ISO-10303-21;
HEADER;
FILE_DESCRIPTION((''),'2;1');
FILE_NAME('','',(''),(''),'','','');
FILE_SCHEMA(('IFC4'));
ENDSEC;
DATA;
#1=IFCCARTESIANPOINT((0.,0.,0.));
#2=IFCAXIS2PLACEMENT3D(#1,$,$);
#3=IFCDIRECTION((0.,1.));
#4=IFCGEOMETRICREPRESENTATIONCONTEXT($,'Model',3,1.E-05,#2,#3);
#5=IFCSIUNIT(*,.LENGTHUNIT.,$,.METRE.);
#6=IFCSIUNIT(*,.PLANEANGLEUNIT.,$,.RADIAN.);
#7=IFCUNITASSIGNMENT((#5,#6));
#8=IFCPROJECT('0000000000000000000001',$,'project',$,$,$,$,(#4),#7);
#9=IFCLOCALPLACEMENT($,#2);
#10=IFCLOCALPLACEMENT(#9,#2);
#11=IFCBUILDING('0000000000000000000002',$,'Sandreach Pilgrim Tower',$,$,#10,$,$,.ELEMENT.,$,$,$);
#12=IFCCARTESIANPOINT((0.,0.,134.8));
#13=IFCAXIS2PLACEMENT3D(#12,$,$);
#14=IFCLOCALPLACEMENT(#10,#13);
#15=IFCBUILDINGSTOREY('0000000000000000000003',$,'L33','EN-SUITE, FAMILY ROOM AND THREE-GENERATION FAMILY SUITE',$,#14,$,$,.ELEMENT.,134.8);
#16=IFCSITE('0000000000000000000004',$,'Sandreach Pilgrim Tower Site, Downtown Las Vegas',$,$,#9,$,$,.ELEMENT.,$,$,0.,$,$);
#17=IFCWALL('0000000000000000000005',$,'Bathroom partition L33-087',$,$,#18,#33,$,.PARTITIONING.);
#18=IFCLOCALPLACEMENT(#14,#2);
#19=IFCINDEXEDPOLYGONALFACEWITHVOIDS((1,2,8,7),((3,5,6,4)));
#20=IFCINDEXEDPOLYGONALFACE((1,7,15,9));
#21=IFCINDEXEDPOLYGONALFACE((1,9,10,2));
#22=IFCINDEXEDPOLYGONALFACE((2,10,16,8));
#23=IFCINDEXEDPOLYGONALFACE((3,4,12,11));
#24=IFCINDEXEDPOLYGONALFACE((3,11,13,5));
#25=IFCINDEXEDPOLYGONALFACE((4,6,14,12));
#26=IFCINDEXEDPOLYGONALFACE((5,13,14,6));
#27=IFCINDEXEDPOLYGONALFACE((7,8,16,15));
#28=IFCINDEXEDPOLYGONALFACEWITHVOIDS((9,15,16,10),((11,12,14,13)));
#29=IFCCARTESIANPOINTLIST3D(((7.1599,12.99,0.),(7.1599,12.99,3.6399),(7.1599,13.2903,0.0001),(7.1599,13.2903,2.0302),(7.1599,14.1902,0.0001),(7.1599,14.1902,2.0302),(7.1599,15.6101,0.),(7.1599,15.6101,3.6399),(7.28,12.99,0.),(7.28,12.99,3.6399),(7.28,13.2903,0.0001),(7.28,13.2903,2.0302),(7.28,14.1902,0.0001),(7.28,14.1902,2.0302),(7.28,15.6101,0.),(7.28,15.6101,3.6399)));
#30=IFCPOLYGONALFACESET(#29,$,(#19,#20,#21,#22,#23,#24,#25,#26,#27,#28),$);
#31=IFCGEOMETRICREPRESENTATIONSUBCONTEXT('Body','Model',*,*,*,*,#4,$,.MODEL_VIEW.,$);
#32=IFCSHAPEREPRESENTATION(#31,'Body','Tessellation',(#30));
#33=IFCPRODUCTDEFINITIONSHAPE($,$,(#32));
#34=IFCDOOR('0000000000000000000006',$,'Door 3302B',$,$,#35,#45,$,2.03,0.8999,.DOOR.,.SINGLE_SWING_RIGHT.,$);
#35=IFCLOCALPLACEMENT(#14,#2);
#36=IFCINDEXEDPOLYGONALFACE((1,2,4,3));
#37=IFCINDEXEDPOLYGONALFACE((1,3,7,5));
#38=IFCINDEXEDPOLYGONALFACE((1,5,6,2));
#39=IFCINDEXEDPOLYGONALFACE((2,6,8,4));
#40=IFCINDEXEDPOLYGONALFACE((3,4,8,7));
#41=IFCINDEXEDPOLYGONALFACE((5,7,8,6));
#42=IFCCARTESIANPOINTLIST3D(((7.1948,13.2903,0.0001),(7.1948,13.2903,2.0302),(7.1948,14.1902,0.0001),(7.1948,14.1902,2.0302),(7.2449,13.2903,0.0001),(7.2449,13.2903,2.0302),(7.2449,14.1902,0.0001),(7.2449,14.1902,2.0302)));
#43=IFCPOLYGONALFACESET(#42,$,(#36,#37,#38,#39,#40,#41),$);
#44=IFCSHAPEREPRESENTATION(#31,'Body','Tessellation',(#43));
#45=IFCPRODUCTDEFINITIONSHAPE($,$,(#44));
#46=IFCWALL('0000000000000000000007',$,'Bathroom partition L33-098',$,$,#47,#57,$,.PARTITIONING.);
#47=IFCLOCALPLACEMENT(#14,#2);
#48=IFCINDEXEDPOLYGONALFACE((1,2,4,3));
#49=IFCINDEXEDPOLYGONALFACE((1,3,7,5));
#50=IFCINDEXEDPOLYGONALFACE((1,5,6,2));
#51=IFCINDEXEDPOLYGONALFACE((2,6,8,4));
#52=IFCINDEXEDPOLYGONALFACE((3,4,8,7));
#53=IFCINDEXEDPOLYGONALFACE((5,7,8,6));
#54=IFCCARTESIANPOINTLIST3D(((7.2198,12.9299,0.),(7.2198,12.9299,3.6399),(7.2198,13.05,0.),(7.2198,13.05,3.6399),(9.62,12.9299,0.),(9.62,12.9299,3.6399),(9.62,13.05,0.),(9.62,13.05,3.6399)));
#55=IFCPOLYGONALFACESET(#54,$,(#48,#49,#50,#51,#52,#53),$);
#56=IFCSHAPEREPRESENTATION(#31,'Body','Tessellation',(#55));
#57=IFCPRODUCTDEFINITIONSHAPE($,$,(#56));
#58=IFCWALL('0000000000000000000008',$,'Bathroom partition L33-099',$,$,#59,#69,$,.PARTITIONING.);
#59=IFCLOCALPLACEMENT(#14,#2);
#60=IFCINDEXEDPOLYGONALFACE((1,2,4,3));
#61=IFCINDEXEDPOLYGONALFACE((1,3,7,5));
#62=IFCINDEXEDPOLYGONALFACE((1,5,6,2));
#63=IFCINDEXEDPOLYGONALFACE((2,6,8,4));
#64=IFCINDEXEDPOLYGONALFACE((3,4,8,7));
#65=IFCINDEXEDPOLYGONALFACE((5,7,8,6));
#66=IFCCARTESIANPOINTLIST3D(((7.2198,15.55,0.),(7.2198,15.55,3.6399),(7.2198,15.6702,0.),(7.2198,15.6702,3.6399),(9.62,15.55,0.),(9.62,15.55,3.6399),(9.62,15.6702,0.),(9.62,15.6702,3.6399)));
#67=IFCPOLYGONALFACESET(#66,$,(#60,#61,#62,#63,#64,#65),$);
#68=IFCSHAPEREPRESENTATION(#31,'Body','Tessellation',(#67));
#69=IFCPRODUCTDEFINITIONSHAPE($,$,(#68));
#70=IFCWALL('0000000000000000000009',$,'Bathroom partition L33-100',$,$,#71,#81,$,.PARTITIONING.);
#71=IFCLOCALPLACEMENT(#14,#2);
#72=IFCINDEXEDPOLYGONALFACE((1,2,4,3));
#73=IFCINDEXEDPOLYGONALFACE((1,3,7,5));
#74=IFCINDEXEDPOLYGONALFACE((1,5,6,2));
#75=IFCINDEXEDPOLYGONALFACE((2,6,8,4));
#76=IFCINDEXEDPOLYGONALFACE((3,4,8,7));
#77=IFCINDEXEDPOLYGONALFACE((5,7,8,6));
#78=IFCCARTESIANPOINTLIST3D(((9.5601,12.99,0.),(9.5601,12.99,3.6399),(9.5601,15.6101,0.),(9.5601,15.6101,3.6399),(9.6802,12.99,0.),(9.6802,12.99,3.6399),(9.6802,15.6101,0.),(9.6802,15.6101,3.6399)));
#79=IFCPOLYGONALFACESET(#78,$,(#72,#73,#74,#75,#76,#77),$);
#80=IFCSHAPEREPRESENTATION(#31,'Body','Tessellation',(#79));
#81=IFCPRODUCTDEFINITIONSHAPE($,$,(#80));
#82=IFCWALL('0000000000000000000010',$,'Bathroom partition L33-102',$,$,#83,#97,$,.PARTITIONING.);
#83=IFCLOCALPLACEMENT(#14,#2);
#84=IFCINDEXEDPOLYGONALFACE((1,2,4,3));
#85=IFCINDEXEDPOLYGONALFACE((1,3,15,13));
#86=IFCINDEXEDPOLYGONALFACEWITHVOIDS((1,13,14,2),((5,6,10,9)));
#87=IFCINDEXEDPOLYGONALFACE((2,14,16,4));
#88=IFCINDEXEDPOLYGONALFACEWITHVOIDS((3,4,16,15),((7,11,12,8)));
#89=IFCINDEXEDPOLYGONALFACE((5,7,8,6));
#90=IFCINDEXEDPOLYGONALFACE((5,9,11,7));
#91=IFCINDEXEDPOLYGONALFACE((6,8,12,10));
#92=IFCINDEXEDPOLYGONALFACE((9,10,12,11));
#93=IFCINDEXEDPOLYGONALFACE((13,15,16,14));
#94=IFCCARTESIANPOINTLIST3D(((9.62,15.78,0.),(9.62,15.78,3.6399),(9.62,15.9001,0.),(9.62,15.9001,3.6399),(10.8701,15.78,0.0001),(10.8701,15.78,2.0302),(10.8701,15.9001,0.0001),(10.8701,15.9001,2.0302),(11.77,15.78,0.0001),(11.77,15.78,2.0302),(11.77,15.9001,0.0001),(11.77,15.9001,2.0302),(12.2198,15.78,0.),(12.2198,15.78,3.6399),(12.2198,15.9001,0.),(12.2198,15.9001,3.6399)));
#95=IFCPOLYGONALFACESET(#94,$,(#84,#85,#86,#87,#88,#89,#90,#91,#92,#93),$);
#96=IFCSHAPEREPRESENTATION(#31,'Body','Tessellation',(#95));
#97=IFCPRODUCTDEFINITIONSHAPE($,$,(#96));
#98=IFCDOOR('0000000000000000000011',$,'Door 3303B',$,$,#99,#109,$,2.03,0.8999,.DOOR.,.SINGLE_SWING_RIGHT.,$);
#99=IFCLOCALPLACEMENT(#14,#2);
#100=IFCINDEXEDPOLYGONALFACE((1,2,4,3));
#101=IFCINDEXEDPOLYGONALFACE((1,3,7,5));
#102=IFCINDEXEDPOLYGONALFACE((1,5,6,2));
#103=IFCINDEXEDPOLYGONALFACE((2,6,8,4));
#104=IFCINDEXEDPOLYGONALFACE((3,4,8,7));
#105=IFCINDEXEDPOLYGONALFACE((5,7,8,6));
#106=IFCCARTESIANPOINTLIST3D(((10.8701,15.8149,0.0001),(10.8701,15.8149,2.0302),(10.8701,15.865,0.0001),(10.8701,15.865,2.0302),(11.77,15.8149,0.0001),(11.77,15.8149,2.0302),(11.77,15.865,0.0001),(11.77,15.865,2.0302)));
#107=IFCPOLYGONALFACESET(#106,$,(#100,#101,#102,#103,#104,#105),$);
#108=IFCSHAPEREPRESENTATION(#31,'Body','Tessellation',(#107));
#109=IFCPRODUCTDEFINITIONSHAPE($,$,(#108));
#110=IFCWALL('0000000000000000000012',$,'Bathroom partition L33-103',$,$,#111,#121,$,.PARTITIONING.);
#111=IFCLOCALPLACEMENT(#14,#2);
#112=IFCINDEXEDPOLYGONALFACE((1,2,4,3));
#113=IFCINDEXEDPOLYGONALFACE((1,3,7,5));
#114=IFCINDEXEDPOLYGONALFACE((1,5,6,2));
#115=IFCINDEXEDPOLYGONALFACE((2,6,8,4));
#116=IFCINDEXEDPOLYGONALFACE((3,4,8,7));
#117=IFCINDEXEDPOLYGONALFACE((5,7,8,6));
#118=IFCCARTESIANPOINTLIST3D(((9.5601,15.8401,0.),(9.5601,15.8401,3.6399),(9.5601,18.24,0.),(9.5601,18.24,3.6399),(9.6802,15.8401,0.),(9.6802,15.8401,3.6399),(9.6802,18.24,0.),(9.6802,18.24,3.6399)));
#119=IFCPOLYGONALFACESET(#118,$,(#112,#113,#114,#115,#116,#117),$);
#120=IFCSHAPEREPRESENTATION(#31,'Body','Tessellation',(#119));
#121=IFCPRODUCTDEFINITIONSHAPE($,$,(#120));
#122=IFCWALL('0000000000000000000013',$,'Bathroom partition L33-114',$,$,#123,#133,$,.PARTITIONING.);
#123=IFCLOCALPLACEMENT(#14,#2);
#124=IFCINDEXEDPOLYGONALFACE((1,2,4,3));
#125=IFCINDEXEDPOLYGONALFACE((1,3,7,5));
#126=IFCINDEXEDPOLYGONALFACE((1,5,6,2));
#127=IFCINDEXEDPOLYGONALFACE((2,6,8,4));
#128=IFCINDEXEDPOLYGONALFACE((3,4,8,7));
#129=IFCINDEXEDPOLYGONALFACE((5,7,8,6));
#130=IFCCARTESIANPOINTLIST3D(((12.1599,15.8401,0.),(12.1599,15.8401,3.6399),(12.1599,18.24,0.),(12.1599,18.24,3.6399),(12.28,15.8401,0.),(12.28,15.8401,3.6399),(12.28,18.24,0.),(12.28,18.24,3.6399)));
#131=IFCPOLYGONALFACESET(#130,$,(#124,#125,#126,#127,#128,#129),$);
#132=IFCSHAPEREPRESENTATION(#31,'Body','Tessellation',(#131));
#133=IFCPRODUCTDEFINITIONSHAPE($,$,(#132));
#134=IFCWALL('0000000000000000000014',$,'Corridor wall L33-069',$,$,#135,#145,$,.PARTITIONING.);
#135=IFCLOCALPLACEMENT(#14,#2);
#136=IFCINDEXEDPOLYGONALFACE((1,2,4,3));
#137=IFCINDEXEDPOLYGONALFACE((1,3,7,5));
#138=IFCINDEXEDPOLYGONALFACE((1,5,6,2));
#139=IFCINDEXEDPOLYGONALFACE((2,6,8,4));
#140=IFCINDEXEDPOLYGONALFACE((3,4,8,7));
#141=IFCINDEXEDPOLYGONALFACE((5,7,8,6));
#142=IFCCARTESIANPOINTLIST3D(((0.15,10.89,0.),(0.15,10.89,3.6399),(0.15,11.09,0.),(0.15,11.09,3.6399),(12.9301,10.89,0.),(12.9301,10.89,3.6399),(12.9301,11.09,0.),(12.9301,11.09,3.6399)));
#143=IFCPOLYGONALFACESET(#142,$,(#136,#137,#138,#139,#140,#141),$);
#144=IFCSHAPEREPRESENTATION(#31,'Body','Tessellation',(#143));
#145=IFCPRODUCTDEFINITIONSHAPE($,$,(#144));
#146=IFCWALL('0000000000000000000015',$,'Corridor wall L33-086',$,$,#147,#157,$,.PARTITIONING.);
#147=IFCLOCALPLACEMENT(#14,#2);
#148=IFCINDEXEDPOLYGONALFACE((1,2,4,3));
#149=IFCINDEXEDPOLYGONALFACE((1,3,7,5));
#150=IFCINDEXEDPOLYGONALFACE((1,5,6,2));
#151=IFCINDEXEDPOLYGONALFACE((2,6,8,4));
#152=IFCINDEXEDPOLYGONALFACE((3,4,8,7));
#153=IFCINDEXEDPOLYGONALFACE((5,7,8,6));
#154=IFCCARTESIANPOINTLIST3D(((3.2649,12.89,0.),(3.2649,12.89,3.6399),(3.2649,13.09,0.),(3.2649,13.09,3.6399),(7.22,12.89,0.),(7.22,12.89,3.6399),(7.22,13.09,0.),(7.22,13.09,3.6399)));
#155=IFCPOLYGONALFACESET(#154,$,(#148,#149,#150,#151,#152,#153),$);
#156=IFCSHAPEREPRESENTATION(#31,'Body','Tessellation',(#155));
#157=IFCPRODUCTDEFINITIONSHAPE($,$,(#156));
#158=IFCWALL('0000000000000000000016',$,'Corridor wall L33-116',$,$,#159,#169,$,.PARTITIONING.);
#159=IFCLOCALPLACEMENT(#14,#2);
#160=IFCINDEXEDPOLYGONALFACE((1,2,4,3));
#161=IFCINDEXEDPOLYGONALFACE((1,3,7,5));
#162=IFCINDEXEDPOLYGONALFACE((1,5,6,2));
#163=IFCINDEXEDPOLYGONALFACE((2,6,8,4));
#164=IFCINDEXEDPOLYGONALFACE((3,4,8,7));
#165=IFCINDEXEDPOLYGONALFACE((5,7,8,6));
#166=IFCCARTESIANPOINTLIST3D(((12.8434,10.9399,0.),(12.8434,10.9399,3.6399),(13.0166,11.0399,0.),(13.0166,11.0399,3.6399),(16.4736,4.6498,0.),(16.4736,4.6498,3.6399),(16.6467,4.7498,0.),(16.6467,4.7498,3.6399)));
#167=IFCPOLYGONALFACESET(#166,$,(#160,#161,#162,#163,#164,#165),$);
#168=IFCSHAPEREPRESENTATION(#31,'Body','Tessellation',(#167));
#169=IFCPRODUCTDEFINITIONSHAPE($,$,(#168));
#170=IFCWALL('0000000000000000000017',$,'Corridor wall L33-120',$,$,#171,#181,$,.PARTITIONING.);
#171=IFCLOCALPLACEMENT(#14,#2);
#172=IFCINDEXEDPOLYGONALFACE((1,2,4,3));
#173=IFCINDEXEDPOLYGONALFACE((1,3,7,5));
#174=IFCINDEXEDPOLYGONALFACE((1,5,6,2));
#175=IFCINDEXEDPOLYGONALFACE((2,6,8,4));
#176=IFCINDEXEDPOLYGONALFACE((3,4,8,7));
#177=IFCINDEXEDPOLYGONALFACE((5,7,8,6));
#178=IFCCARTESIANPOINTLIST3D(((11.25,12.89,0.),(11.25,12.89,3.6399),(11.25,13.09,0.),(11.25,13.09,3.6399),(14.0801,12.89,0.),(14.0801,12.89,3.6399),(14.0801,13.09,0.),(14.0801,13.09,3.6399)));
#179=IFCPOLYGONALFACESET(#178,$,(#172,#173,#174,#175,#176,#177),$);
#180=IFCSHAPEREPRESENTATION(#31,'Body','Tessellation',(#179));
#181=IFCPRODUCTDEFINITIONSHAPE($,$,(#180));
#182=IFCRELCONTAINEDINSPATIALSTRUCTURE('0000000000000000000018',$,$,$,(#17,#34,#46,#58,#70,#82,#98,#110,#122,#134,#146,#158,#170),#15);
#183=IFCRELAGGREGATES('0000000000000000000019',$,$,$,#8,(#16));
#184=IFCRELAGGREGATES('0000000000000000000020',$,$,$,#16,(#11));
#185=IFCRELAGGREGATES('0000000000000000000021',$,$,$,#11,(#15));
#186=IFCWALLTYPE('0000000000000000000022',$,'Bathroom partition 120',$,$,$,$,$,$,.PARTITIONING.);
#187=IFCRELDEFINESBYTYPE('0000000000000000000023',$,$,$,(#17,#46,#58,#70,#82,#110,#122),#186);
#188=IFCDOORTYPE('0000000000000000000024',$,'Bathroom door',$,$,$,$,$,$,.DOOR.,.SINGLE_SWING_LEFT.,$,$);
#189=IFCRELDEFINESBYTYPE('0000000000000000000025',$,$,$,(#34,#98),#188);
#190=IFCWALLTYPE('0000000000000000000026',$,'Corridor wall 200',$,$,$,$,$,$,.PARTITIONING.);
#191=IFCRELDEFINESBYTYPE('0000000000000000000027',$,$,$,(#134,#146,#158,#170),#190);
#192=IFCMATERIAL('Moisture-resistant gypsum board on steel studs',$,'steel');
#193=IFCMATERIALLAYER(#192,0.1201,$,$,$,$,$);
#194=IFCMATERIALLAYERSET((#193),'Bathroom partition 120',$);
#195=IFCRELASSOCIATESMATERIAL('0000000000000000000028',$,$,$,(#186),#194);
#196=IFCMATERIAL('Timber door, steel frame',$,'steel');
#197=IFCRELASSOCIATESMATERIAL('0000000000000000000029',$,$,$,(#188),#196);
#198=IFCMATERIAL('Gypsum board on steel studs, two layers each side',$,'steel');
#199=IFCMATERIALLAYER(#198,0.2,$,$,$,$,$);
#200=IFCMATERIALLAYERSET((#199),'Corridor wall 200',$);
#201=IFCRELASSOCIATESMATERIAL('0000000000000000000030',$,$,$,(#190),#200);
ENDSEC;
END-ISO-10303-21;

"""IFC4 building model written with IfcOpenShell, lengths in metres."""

from ifc_helpers import new_model, si_unit, direction, frame, frame_2d, origin, place, context, subcontext, project, spatial, rectangle, extrude, material, layer, layer_set, type_object, element, fill, save


model = new_model("IFC4")

# Units and contexts
model_context = context("Model", 3, precision=1e-05, world=origin(), true_north=direction((0.0, 1.0)))
body_context = subcontext(model_context, "Body", "Model", "MODEL_VIEW")
ifc_project = project(units=[si_unit("LENGTHUNIT", "METRE"), si_unit("PLANEANGLEUNIT", "RADIAN")], contexts=[model_context])

# Site, building, storey
site_placement = place(None, origin())
site = spatial("IfcSite", under=ifc_project, at=site_placement, Name="Sandreach Pilgrim Tower Site, Downtown Las Vegas", CompositionType="ELEMENT", RefElevation=0.0)
building_placement = place(site_placement, origin())
building = spatial("IfcBuilding", under=site, at=building_placement, Name="Sandreach Pilgrim Tower", CompositionType="ELEMENT")
storey_placement = place(building_placement, frame((0.0, 0.0, 134.8)))
storey = spatial("IfcBuildingStorey", under=building, at=storey_placement, Name="L33", Description="EN-SUITE, FAMILY ROOM AND THREE-GENERATION FAMILY SUITE", CompositionType="ELEMENT", Elevation=134.8)

# Wall, opening, door
ifc_material_1 = material(Name="Moisture-resistant gypsum board on steel studs", Category="steel")
ifc_layer_1 = layer(ifc_material_1, 0.1201)
ifc_layer_set_1 = layer_set([ifc_layer_1], Name="Bathroom partition 120")
wall_type_1 = type_object("IfcWallType", Name="Bathroom partition 120", PredefinedType="PARTITIONING", material=ifc_layer_set_1)
wall_1_placement = place(storey_placement, frame((7.22, 15.6101, 0.0), z_axis=(0.0, 0.0, 1.0), x_axis=(0.0, -1.0, 0.0)))
wall_1 = element("IfcWall", 1, at=wall_1_placement, inside=storey, type_object=wall_type_1, Name="Bathroom partition L33-087", PredefinedType="PARTITIONING", context=body_context, shape_type="SweptSolid", body=[
    extrude(rectangle(XDim=2.6201, YDim=0.1201, at=frame_2d((1.3101, 0.0))), origin(), (0.0, 0.0, 1.0), 3.6399),
])
opening_1_placement = place(wall_1_placement, frame((1.4199, 0.0, 0.0)))
opening_1 = element("IfcOpeningElement", 2, at=opening_1_placement, cuts=wall_1, PredefinedType="OPENING", context=body_context, shape_type="SweptSolid", body=[
    extrude(rectangle(XDim=0.8999, YDim=2.03, at=frame_2d((0.45, 1.0151))), frame((0.0, 0.0601, 0.0), z_axis=(0.0, -1.0, 0.0), x_axis=(1.0, 0.0, 0.0)), (0.0, 0.0, 1.0), 0.1201),
])
ifc_material_2 = material(Name="Timber door, steel frame", Category="steel")
door_type_1 = type_object("IfcDoorType", Name="Bathroom door", OperationType="SINGLE_SWING_LEFT", PredefinedType="DOOR", material=ifc_material_2)
door_1_placement = place(opening_1_placement, origin())
door_1 = element("IfcDoor", 3, at=door_1_placement, inside=storey, type_object=door_type_1, Name="Door 3302B", OperationType="SINGLE_SWING_RIGHT", OverallHeight=2.03, OverallWidth=0.8999, PredefinedType="DOOR", context=body_context, shape_type="SweptSolid", body=[
    extrude(rectangle(XDim=0.8999, YDim=2.03, at=frame_2d((0.45, 1.0151))), frame((0.0, 0.0249, 0.0), z_axis=(0.0, -1.0, 0.0), x_axis=(1.0, 0.0, 0.0)), (0.0, 0.0, 1.0), 0.05),
])
fill(opening_1, door_1)

# Walls
for number, where, z_axis, x_axis, name in (
    (4, (9.6201, 12.99, 0.0), (0.0, 0.0, 1.0), (-1.0, 0.0, 0.0), "Bathroom partition L33-098"),
    (5, (9.6201, 15.6101, 0.0), (0.0, 0.0, 1.0), (-1.0, 0.0, 0.0), "Bathroom partition L33-099"),
):
    element("IfcWall", number, at=place(storey_placement, frame(where, z_axis=z_axis, x_axis=x_axis)), inside=storey, type_object=wall_type_1, Name=name, PredefinedType="PARTITIONING", context=body_context, shape_type="SweptSolid", body=[
        extrude(rectangle(XDim=2.4001, YDim=0.1201, at=frame_2d((1.2002, 0.0))), origin(), (0.0, 0.0, 1.0), 3.6399),
    ])
wall_2_placement = place(storey_placement, frame((9.6201, 15.6101, 0.0), z_axis=(0.0, 0.0, 1.0), x_axis=(0.0, -1.0, 0.0)))
element("IfcWall", 6, at=wall_2_placement, inside=storey, type_object=wall_type_1, Name="Bathroom partition L33-100", PredefinedType="PARTITIONING", context=body_context, shape_type="SweptSolid", body=[
    extrude(rectangle(XDim=2.6201, YDim=0.1201, at=frame_2d((1.3101, 0.0))), origin(), (0.0, 0.0, 1.0), 3.6399),
])

# Wall, opening, door
wall_3_placement = place(storey_placement, frame((9.6201, 15.8401, 0.0), z_axis=(0.0, 0.0, 1.0), x_axis=(1.0, 0.0, 0.0)))
wall_3 = element("IfcWall", 7, at=wall_3_placement, inside=storey, type_object=wall_type_1, Name="Bathroom partition L33-102", PredefinedType="PARTITIONING", context=body_context, shape_type="SweptSolid", body=[
    extrude(rectangle(XDim=2.5999, YDim=0.1201, at=frame_2d((1.2998, 0.0))), origin(), (0.0, 0.0, 1.0), 3.6399),
])
opening_2_placement = place(wall_3_placement, frame((1.25, 0.0, 0.0)))
opening_2 = element("IfcOpeningElement", 8, at=opening_2_placement, cuts=wall_3, PredefinedType="OPENING", context=body_context, shape_type="SweptSolid", body=[
    extrude(rectangle(XDim=0.8999, YDim=2.03, at=frame_2d((0.45, 1.0151))), frame((0.0, 0.0601, 0.0), z_axis=(0.0, -1.0, 0.0), x_axis=(1.0, 0.0, 0.0)), (0.0, 0.0, 1.0), 0.1201),
])
door_2_placement = place(opening_2_placement, origin())
door_2 = element("IfcDoor", 9, at=door_2_placement, inside=storey, type_object=door_type_1, Name="Door 3303B", OperationType="SINGLE_SWING_RIGHT", OverallHeight=2.03, OverallWidth=0.8999, PredefinedType="DOOR", context=body_context, shape_type="SweptSolid", body=[
    extrude(rectangle(XDim=0.8999, YDim=2.03, at=frame_2d((0.45, 1.0151))), frame((0.0, 0.0249, 0.0), z_axis=(0.0, -1.0, 0.0), x_axis=(1.0, 0.0, 0.0)), (0.0, 0.0, 1.0), 0.05),
])
fill(opening_2, door_2)

# Walls
for number, where, z_axis, x_axis, name in (
    (10, (9.6201, 18.24, 0.0), (0.0, 0.0, 1.0), (0.0, -1.0, 0.0), "Bathroom partition L33-103"),
    (11, (12.22, 15.8401, 0.0), (0.0, 0.0, 1.0), (0.0, 1.0, 0.0), "Bathroom partition L33-114"),
):
    element("IfcWall", number, at=place(storey_placement, frame(where, z_axis=z_axis, x_axis=x_axis)), inside=storey, type_object=wall_type_1, Name=name, PredefinedType="PARTITIONING", context=body_context, shape_type="SweptSolid", body=[
        extrude(rectangle(XDim=2.3999, YDim=0.1201, at=frame_2d((1.2, 0.0))), origin(), (0.0, 0.0, 1.0), 3.6399),
    ])
ifc_material_3 = material(Name="Gypsum board on steel studs, two layers each side", Category="steel")
ifc_layer_2 = layer(ifc_material_3, 0.2)
ifc_layer_set_2 = layer_set([ifc_layer_2], Name="Corridor wall 200")
wall_type_2 = type_object("IfcWallType", Name="Corridor wall 200", PredefinedType="PARTITIONING", material=ifc_layer_set_2)
wall_4_placement = place(storey_placement, frame((0.1499, 10.99, 0.0), z_axis=(0.0, 0.0, 1.0), x_axis=(1.0, 0.0, 0.0)))
element("IfcWall", 12, at=wall_4_placement, inside=storey, type_object=wall_type_2, Name="Corridor wall L33-069", PredefinedType="PARTITIONING", context=body_context, shape_type="SweptSolid", body=[
    extrude(rectangle(XDim=12.78, YDim=0.2, at=frame_2d((6.3901, 0.0))), origin(), (0.0, 0.0, 1.0), 3.6399),
])

# Wall
wall_5_placement = place(storey_placement, frame((7.22, 12.99, 0.0), z_axis=(0.0, 0.0, 1.0), x_axis=(-1.0, 0.0, 0.0)))
element("IfcWall", 13, at=wall_5_placement, inside=storey, type_object=wall_type_2, Name="Corridor wall L33-086", PredefinedType="PARTITIONING", context=body_context, shape_type="SweptSolid", body=[
    extrude(rectangle(XDim=3.9551, YDim=0.2, at=frame_2d((1.9775, 0.0))), origin(), (0.0, 0.0, 1.0), 3.6399),
])

# Walls
wall_6_placement = place(storey_placement, frame((12.9299, 10.99, 0.0), z_axis=(0.0, 0.0, 1.0), x_axis=(0.499852, -0.866111, 0.0)))
element("IfcWall", 14, at=wall_6_placement, inside=storey, type_object=wall_type_2, Name="Corridor wall L33-116", PredefinedType="PARTITIONING", context=body_context, shape_type="SweptSolid", body=[
    extrude(rectangle(XDim=7.2625, YDim=0.2, at=frame_2d((3.6313, 0.0))), origin(), (0.0, 0.0, 1.0), 3.6399),
])
wall_7_placement = place(storey_placement, frame((14.0801, 12.99, 0.0), z_axis=(0.0, 0.0, 1.0), x_axis=(-1.0, 0.0, 0.0)))
element("IfcWall", 15, at=wall_7_placement, inside=storey, type_object=wall_type_2, Name="Corridor wall L33-120", PredefinedType="PARTITIONING", context=body_context, shape_type="SweptSolid", body=[
    extrude(rectangle(XDim=2.8301, YDim=0.2, at=frame_2d((1.415, 0.0))), origin(), (0.0, 0.0, 1.0), 3.6399),
])

save(model, "model.ifc")
